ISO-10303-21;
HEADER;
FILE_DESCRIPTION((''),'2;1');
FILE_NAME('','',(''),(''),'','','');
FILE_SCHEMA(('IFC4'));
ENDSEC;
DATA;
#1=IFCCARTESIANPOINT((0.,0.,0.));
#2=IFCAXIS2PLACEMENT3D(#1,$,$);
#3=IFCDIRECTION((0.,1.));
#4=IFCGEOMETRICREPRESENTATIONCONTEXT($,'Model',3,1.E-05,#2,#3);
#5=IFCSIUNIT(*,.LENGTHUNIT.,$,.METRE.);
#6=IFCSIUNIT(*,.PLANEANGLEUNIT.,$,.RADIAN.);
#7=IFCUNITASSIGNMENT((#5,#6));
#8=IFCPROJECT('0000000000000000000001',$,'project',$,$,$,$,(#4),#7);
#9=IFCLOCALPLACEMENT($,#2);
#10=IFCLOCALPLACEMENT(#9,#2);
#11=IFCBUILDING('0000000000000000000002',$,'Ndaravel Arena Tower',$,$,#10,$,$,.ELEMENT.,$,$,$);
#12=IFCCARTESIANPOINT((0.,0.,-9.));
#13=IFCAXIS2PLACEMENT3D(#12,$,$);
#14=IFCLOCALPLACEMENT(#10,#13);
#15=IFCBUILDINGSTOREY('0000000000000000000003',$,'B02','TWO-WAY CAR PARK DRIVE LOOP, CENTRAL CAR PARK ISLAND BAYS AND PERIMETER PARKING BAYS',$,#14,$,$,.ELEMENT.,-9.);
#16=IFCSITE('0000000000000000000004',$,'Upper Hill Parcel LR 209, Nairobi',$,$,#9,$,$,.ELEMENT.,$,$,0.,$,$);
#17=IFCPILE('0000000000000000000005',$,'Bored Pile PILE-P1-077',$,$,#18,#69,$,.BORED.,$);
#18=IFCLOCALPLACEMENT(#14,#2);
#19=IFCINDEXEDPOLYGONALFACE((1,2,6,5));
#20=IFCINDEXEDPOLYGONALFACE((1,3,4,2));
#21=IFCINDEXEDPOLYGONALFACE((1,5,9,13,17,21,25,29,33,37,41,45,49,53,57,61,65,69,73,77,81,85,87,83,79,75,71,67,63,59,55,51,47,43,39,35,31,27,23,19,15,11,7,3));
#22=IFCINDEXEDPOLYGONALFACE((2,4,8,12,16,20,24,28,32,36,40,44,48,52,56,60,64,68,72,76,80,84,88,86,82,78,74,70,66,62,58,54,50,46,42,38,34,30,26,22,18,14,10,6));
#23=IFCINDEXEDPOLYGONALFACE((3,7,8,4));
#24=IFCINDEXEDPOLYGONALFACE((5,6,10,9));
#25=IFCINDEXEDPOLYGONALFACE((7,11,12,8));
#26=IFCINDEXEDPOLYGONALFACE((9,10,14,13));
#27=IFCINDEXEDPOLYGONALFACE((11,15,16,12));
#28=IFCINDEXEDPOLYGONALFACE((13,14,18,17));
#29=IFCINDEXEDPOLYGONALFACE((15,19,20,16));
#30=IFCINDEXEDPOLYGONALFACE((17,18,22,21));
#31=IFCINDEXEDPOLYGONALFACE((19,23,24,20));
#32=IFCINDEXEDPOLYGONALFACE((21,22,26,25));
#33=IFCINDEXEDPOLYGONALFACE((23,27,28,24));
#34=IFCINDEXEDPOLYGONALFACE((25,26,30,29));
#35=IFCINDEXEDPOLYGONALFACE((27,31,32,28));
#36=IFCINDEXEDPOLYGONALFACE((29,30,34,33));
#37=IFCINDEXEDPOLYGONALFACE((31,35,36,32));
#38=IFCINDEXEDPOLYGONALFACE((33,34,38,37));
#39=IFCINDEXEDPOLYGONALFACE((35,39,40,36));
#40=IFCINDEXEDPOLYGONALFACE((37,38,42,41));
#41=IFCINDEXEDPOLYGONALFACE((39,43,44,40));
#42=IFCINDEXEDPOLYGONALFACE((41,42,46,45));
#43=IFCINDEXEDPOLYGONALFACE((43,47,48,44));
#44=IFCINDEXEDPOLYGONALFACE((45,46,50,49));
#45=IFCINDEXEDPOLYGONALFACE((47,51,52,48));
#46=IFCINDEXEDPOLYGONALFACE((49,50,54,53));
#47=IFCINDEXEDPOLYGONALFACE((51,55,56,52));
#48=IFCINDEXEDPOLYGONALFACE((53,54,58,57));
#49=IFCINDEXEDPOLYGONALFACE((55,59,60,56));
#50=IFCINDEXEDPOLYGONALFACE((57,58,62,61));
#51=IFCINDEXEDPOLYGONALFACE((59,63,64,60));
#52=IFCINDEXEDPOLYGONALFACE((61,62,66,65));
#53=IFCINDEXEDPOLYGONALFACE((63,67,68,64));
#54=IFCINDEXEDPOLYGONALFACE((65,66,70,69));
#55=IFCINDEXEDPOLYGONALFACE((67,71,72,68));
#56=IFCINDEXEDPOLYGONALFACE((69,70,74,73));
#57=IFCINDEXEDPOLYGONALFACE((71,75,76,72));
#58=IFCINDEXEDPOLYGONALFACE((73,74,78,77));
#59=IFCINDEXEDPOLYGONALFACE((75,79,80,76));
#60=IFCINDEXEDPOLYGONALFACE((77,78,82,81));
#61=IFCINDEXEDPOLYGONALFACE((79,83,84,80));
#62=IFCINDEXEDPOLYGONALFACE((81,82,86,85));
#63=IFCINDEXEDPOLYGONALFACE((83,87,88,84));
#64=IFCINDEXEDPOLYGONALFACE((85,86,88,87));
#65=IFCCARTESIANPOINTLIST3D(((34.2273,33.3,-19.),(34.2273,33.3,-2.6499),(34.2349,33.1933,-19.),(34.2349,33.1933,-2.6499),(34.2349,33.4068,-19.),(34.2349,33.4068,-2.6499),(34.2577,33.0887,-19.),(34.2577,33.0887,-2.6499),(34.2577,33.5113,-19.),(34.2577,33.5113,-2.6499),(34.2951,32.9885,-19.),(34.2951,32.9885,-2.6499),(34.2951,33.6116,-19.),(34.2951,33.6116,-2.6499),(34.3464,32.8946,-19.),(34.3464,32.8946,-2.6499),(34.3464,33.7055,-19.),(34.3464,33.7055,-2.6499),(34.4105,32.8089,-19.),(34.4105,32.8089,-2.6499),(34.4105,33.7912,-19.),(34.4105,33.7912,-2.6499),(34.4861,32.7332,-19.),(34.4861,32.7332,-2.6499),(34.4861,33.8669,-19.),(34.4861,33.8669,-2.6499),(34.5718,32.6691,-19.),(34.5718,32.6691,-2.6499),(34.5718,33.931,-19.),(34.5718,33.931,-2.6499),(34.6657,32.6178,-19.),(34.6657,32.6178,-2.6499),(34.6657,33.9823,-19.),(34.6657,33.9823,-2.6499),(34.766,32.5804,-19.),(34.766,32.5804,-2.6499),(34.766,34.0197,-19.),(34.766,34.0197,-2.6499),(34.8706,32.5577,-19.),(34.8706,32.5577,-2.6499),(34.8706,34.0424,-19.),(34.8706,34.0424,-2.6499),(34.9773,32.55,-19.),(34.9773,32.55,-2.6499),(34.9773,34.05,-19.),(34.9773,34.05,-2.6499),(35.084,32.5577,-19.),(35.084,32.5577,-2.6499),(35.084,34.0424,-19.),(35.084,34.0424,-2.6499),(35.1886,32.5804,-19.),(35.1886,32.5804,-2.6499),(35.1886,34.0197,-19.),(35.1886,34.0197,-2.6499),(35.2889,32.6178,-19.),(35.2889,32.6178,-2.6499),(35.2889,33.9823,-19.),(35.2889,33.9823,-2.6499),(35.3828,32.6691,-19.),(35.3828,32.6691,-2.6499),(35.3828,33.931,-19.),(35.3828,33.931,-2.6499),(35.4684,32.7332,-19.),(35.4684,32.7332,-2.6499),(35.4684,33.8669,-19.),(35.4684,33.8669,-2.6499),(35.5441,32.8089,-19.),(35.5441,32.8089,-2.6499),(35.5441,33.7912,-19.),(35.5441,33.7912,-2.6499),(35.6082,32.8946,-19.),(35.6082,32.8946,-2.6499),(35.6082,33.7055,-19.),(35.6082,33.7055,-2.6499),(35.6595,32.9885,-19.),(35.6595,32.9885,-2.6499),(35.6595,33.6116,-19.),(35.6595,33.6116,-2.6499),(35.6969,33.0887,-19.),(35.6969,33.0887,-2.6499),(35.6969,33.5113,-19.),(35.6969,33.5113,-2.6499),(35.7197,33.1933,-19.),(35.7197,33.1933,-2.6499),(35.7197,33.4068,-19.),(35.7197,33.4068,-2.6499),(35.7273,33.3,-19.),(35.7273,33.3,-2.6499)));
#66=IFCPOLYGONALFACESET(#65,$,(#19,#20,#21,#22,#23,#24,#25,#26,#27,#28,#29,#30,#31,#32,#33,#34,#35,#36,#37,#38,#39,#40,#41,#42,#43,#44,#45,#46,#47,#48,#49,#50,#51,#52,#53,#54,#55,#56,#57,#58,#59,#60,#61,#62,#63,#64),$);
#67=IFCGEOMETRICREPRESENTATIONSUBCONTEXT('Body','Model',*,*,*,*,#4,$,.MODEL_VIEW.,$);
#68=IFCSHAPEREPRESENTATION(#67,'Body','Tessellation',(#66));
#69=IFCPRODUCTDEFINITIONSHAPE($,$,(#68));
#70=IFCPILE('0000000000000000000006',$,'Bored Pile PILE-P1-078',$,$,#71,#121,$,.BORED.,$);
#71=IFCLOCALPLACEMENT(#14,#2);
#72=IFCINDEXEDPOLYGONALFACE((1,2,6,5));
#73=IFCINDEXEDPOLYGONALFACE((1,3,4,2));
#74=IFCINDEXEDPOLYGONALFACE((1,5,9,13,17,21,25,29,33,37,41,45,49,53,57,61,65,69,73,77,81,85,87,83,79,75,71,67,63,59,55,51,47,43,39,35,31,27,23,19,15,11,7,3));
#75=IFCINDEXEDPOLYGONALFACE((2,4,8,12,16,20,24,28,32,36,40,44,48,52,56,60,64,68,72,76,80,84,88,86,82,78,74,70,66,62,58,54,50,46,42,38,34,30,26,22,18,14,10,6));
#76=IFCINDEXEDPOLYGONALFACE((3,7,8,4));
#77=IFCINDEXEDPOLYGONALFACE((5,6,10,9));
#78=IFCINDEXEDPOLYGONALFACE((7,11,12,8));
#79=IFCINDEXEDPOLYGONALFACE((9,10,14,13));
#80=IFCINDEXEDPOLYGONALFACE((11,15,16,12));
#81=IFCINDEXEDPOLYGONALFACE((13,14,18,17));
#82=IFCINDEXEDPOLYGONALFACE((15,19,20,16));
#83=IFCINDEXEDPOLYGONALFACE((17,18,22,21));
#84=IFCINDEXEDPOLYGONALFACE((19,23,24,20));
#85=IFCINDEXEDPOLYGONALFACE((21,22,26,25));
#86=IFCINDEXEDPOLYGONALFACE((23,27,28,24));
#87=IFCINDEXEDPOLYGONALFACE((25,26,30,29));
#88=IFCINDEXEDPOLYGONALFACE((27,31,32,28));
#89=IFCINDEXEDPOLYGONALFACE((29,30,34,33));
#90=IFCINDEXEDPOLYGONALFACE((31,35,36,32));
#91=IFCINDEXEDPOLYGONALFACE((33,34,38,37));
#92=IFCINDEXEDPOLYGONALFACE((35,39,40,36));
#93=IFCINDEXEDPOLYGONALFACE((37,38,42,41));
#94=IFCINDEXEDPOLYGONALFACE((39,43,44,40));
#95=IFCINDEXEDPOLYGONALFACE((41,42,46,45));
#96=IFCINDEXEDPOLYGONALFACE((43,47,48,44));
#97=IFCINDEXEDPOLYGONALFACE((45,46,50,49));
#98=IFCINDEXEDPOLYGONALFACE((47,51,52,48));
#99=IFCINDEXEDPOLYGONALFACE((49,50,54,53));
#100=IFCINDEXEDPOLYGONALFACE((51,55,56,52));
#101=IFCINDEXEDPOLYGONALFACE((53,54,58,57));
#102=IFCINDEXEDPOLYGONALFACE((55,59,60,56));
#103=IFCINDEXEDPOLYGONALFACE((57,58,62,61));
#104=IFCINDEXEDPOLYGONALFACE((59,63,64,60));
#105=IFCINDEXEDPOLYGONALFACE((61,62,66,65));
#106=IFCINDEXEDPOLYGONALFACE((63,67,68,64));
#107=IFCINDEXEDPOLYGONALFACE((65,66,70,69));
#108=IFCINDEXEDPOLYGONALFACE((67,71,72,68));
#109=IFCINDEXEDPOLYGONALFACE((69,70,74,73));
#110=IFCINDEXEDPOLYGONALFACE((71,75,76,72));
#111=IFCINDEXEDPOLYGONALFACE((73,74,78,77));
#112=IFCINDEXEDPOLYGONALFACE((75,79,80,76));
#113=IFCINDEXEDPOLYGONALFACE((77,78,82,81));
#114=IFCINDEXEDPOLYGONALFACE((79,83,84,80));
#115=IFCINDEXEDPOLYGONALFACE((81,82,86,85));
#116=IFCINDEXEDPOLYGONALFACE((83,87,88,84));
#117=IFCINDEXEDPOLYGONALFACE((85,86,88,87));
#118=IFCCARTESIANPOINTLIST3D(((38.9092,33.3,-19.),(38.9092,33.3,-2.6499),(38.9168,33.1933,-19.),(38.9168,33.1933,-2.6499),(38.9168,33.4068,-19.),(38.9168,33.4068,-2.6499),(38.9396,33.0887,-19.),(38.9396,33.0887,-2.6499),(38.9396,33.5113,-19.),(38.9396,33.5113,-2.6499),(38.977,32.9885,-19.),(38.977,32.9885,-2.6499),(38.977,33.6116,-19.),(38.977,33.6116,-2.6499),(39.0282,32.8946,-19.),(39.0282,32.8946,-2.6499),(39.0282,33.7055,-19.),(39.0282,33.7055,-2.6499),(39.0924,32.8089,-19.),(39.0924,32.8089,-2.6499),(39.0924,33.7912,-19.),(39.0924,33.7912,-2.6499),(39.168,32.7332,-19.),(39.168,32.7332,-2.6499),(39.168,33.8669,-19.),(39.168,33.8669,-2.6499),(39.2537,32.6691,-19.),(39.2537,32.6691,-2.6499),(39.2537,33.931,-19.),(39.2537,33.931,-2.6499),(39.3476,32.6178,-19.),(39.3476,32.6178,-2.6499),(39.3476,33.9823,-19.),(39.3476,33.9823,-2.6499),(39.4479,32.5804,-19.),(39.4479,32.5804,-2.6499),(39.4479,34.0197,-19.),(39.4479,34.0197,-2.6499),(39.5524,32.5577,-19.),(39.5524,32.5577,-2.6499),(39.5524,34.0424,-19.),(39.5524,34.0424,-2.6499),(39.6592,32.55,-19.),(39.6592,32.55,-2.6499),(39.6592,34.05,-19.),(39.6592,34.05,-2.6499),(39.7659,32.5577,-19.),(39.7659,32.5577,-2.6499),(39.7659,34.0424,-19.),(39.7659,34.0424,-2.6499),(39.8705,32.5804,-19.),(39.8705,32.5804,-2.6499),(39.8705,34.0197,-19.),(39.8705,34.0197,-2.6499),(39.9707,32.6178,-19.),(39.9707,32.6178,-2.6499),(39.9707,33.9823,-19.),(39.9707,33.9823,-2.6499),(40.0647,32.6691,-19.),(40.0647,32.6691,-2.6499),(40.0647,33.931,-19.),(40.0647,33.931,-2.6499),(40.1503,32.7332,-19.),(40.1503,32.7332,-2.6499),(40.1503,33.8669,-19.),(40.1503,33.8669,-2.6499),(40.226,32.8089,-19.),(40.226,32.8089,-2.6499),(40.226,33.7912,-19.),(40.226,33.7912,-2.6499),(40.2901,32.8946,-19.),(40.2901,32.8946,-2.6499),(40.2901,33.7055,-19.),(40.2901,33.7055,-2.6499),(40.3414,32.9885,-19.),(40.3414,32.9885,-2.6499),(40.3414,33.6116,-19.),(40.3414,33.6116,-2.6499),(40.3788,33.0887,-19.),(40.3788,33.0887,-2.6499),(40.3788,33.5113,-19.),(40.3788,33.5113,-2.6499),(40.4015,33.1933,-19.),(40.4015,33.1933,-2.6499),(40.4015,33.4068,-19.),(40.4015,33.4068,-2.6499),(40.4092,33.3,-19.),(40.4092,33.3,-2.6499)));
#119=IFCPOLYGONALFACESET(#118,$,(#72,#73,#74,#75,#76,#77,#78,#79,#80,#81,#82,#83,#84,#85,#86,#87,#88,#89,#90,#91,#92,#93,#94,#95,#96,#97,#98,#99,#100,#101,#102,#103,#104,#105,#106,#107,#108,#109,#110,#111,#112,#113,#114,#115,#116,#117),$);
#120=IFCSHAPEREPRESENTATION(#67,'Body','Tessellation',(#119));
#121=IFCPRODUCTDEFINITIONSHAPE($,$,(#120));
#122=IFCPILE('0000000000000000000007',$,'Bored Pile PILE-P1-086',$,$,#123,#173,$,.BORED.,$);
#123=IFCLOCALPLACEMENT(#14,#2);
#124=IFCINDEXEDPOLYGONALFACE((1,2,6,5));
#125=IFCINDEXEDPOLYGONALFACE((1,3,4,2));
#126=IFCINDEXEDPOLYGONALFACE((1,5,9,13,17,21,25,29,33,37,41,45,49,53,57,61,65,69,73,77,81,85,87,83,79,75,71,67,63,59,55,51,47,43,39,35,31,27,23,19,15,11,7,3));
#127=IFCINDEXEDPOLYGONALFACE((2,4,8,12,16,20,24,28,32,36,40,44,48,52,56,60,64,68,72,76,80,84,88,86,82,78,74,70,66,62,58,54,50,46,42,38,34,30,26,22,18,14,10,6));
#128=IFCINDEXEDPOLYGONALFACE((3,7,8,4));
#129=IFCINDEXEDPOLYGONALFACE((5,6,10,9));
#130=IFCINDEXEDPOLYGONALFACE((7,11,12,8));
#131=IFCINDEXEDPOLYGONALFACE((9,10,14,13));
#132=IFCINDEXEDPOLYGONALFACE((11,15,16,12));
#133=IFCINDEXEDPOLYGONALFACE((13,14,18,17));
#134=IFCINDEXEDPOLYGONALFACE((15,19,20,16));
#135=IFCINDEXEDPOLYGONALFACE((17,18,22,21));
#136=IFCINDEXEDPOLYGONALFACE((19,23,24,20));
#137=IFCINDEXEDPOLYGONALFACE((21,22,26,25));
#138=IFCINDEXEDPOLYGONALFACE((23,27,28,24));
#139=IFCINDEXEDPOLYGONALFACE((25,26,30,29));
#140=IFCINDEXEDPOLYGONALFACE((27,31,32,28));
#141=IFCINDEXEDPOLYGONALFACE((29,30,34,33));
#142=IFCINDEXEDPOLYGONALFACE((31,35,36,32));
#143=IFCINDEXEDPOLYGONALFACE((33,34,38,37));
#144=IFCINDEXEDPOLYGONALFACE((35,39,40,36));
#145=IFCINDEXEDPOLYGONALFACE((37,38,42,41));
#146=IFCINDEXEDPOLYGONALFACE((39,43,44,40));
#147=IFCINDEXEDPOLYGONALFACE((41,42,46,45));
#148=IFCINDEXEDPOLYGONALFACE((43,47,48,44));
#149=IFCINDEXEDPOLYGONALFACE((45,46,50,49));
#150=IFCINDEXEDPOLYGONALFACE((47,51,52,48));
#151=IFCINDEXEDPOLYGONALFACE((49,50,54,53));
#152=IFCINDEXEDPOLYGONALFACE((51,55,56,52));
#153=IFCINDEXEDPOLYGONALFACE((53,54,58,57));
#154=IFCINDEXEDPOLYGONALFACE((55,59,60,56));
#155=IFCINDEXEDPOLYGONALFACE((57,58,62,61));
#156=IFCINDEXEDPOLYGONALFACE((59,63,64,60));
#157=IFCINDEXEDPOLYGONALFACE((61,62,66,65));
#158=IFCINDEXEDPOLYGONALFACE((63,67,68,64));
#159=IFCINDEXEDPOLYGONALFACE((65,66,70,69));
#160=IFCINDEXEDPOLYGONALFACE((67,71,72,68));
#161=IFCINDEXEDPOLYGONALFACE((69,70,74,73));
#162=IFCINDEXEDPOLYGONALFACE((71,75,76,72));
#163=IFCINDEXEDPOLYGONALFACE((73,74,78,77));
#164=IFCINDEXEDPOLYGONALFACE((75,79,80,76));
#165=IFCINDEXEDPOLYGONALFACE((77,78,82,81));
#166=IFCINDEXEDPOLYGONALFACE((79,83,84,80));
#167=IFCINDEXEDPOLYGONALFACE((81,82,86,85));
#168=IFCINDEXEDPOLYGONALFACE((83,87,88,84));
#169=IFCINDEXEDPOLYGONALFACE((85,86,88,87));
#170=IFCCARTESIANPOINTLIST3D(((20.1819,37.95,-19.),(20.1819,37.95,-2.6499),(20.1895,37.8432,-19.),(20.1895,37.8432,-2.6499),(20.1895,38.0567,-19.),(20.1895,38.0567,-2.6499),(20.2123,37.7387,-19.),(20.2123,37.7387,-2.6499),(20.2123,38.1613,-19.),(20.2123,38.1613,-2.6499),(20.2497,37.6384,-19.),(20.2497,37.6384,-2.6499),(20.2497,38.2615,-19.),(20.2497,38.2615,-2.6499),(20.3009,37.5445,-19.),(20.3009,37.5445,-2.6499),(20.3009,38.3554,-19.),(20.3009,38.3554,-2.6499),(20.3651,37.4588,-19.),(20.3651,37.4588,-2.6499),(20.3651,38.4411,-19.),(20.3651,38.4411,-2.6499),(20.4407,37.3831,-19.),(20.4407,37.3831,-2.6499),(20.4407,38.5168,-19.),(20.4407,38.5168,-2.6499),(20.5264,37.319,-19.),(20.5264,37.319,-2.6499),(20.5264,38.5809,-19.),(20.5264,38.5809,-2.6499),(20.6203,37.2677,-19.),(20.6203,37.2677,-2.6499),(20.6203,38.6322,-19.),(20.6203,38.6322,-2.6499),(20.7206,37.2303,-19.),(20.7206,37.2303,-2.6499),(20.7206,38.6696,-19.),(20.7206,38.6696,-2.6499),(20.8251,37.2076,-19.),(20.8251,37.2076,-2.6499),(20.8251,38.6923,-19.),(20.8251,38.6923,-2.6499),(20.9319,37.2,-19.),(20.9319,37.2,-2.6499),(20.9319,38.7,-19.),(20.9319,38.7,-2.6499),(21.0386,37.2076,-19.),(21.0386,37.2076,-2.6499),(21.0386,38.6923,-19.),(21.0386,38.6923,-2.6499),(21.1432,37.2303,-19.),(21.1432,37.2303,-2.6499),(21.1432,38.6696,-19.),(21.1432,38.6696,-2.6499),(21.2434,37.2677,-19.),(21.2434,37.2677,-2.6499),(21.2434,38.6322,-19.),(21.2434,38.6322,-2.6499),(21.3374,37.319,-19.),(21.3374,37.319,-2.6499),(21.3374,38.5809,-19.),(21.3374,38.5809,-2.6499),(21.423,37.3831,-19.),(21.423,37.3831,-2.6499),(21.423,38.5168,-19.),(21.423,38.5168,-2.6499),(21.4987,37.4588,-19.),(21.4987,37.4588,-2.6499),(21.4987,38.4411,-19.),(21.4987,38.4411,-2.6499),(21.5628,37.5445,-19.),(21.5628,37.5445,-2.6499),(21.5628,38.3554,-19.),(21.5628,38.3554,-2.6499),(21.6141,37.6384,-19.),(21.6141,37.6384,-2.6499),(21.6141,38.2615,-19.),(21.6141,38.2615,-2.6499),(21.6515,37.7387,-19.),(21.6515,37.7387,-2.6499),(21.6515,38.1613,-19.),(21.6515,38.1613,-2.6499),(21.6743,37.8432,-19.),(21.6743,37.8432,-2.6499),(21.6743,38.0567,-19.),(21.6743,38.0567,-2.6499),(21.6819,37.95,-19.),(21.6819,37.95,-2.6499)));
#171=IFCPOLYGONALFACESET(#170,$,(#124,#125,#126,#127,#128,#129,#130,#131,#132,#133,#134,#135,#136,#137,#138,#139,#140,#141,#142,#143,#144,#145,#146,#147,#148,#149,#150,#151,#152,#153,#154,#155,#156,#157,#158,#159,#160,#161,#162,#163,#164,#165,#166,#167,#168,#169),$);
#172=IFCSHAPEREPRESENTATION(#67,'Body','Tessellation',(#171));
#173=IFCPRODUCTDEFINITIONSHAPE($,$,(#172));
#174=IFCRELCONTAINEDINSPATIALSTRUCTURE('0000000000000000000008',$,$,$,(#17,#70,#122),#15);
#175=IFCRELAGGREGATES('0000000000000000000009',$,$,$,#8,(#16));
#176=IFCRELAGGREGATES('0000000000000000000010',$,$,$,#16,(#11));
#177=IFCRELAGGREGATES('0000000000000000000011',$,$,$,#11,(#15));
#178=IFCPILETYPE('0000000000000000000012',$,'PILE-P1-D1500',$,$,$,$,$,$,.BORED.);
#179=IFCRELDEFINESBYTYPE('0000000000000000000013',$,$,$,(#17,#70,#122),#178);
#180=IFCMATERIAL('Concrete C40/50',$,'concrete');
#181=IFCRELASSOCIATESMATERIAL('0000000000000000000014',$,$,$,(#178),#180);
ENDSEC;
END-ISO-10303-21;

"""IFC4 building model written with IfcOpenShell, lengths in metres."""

from ifc_helpers import new_model, si_unit, direction, frame, origin, origin_2d, place, context, subcontext, project, spatial, circle, extrude, material, material_profile, profile_set, type_object, element, save


model = new_model("IFC4")

# Units and contexts
model_context = context("Model", 3, precision=1e-05, world=origin(), true_north=direction((0.0, 1.0)))
body_context = subcontext(model_context, "Body", "Model", "MODEL_VIEW")
ifc_project = project(units=[si_unit("LENGTHUNIT", "METRE"), si_unit("PLANEANGLEUNIT", "RADIAN")], contexts=[model_context])

# Site, building, storey
site_placement = place(None, origin())
site = spatial("IfcSite", under=ifc_project, at=site_placement, Name="Upper Hill Parcel LR 209, Nairobi", CompositionType="ELEMENT", RefElevation=0.0)
building_placement = place(site_placement, origin())
building = spatial("IfcBuilding", under=site, at=building_placement, Name="Ndaravel Arena Tower", CompositionType="ELEMENT")
storey_placement = place(building_placement, frame((0.0, 0.0, -9.0)))
storey = spatial("IfcBuildingStorey", under=building, at=storey_placement, Name="B02", Description="TWO-WAY CAR PARK DRIVE LOOP, CENTRAL CAR PARK ISLAND BAYS AND PERIMETER PARKING BAYS", CompositionType="ELEMENT", Elevation=-9.0)

# Piles
ifc_material_1 = material(Name="Concrete C40/50", Category="concrete")
ifc_material_profile_1 = material_profile(ifc_material_1, circle(Radius=0.75, at=origin_2d()), Name="BORED PILE D1500")
ifc_profile_set_1 = profile_set([ifc_material_profile_1], Name="Concrete C40/50")
pile_type = type_object("IfcPileType", Name="PILE-P1-D1500", PredefinedType="BORED", material=ifc_profile_set_1)
for number, where, z_axis, x_axis, name in (
    (1, (34.9773, 33.3, -2.6499), (0.0, 0.0, -1.0), (1.0, 0.0, 0.0), "Bored Pile PILE-P1-077"),
    (2, (39.6592, 33.3, -2.6499), (0.0, 0.0, -1.0), (1.0, 0.0, 0.0), "Bored Pile PILE-P1-078"),
    (3, (20.9319, 37.95, -2.6499), (0.0, 0.0, -1.0), (1.0, 0.0, 0.0), "Bored Pile PILE-P1-086"),
):
    element("IfcPile", number, at=place(storey_placement, frame(where, z_axis=z_axis, x_axis=x_axis)), inside=storey, type_object=pile_type, Name=name, PredefinedType="BORED", context=body_context, shape_type="SweptSolid", body=[
        extrude(circle(Radius=0.75, at=origin_2d()), origin(), (0.0, 0.0, 1.0), 16.3501),
    ])

save(model, "model.ifc")
